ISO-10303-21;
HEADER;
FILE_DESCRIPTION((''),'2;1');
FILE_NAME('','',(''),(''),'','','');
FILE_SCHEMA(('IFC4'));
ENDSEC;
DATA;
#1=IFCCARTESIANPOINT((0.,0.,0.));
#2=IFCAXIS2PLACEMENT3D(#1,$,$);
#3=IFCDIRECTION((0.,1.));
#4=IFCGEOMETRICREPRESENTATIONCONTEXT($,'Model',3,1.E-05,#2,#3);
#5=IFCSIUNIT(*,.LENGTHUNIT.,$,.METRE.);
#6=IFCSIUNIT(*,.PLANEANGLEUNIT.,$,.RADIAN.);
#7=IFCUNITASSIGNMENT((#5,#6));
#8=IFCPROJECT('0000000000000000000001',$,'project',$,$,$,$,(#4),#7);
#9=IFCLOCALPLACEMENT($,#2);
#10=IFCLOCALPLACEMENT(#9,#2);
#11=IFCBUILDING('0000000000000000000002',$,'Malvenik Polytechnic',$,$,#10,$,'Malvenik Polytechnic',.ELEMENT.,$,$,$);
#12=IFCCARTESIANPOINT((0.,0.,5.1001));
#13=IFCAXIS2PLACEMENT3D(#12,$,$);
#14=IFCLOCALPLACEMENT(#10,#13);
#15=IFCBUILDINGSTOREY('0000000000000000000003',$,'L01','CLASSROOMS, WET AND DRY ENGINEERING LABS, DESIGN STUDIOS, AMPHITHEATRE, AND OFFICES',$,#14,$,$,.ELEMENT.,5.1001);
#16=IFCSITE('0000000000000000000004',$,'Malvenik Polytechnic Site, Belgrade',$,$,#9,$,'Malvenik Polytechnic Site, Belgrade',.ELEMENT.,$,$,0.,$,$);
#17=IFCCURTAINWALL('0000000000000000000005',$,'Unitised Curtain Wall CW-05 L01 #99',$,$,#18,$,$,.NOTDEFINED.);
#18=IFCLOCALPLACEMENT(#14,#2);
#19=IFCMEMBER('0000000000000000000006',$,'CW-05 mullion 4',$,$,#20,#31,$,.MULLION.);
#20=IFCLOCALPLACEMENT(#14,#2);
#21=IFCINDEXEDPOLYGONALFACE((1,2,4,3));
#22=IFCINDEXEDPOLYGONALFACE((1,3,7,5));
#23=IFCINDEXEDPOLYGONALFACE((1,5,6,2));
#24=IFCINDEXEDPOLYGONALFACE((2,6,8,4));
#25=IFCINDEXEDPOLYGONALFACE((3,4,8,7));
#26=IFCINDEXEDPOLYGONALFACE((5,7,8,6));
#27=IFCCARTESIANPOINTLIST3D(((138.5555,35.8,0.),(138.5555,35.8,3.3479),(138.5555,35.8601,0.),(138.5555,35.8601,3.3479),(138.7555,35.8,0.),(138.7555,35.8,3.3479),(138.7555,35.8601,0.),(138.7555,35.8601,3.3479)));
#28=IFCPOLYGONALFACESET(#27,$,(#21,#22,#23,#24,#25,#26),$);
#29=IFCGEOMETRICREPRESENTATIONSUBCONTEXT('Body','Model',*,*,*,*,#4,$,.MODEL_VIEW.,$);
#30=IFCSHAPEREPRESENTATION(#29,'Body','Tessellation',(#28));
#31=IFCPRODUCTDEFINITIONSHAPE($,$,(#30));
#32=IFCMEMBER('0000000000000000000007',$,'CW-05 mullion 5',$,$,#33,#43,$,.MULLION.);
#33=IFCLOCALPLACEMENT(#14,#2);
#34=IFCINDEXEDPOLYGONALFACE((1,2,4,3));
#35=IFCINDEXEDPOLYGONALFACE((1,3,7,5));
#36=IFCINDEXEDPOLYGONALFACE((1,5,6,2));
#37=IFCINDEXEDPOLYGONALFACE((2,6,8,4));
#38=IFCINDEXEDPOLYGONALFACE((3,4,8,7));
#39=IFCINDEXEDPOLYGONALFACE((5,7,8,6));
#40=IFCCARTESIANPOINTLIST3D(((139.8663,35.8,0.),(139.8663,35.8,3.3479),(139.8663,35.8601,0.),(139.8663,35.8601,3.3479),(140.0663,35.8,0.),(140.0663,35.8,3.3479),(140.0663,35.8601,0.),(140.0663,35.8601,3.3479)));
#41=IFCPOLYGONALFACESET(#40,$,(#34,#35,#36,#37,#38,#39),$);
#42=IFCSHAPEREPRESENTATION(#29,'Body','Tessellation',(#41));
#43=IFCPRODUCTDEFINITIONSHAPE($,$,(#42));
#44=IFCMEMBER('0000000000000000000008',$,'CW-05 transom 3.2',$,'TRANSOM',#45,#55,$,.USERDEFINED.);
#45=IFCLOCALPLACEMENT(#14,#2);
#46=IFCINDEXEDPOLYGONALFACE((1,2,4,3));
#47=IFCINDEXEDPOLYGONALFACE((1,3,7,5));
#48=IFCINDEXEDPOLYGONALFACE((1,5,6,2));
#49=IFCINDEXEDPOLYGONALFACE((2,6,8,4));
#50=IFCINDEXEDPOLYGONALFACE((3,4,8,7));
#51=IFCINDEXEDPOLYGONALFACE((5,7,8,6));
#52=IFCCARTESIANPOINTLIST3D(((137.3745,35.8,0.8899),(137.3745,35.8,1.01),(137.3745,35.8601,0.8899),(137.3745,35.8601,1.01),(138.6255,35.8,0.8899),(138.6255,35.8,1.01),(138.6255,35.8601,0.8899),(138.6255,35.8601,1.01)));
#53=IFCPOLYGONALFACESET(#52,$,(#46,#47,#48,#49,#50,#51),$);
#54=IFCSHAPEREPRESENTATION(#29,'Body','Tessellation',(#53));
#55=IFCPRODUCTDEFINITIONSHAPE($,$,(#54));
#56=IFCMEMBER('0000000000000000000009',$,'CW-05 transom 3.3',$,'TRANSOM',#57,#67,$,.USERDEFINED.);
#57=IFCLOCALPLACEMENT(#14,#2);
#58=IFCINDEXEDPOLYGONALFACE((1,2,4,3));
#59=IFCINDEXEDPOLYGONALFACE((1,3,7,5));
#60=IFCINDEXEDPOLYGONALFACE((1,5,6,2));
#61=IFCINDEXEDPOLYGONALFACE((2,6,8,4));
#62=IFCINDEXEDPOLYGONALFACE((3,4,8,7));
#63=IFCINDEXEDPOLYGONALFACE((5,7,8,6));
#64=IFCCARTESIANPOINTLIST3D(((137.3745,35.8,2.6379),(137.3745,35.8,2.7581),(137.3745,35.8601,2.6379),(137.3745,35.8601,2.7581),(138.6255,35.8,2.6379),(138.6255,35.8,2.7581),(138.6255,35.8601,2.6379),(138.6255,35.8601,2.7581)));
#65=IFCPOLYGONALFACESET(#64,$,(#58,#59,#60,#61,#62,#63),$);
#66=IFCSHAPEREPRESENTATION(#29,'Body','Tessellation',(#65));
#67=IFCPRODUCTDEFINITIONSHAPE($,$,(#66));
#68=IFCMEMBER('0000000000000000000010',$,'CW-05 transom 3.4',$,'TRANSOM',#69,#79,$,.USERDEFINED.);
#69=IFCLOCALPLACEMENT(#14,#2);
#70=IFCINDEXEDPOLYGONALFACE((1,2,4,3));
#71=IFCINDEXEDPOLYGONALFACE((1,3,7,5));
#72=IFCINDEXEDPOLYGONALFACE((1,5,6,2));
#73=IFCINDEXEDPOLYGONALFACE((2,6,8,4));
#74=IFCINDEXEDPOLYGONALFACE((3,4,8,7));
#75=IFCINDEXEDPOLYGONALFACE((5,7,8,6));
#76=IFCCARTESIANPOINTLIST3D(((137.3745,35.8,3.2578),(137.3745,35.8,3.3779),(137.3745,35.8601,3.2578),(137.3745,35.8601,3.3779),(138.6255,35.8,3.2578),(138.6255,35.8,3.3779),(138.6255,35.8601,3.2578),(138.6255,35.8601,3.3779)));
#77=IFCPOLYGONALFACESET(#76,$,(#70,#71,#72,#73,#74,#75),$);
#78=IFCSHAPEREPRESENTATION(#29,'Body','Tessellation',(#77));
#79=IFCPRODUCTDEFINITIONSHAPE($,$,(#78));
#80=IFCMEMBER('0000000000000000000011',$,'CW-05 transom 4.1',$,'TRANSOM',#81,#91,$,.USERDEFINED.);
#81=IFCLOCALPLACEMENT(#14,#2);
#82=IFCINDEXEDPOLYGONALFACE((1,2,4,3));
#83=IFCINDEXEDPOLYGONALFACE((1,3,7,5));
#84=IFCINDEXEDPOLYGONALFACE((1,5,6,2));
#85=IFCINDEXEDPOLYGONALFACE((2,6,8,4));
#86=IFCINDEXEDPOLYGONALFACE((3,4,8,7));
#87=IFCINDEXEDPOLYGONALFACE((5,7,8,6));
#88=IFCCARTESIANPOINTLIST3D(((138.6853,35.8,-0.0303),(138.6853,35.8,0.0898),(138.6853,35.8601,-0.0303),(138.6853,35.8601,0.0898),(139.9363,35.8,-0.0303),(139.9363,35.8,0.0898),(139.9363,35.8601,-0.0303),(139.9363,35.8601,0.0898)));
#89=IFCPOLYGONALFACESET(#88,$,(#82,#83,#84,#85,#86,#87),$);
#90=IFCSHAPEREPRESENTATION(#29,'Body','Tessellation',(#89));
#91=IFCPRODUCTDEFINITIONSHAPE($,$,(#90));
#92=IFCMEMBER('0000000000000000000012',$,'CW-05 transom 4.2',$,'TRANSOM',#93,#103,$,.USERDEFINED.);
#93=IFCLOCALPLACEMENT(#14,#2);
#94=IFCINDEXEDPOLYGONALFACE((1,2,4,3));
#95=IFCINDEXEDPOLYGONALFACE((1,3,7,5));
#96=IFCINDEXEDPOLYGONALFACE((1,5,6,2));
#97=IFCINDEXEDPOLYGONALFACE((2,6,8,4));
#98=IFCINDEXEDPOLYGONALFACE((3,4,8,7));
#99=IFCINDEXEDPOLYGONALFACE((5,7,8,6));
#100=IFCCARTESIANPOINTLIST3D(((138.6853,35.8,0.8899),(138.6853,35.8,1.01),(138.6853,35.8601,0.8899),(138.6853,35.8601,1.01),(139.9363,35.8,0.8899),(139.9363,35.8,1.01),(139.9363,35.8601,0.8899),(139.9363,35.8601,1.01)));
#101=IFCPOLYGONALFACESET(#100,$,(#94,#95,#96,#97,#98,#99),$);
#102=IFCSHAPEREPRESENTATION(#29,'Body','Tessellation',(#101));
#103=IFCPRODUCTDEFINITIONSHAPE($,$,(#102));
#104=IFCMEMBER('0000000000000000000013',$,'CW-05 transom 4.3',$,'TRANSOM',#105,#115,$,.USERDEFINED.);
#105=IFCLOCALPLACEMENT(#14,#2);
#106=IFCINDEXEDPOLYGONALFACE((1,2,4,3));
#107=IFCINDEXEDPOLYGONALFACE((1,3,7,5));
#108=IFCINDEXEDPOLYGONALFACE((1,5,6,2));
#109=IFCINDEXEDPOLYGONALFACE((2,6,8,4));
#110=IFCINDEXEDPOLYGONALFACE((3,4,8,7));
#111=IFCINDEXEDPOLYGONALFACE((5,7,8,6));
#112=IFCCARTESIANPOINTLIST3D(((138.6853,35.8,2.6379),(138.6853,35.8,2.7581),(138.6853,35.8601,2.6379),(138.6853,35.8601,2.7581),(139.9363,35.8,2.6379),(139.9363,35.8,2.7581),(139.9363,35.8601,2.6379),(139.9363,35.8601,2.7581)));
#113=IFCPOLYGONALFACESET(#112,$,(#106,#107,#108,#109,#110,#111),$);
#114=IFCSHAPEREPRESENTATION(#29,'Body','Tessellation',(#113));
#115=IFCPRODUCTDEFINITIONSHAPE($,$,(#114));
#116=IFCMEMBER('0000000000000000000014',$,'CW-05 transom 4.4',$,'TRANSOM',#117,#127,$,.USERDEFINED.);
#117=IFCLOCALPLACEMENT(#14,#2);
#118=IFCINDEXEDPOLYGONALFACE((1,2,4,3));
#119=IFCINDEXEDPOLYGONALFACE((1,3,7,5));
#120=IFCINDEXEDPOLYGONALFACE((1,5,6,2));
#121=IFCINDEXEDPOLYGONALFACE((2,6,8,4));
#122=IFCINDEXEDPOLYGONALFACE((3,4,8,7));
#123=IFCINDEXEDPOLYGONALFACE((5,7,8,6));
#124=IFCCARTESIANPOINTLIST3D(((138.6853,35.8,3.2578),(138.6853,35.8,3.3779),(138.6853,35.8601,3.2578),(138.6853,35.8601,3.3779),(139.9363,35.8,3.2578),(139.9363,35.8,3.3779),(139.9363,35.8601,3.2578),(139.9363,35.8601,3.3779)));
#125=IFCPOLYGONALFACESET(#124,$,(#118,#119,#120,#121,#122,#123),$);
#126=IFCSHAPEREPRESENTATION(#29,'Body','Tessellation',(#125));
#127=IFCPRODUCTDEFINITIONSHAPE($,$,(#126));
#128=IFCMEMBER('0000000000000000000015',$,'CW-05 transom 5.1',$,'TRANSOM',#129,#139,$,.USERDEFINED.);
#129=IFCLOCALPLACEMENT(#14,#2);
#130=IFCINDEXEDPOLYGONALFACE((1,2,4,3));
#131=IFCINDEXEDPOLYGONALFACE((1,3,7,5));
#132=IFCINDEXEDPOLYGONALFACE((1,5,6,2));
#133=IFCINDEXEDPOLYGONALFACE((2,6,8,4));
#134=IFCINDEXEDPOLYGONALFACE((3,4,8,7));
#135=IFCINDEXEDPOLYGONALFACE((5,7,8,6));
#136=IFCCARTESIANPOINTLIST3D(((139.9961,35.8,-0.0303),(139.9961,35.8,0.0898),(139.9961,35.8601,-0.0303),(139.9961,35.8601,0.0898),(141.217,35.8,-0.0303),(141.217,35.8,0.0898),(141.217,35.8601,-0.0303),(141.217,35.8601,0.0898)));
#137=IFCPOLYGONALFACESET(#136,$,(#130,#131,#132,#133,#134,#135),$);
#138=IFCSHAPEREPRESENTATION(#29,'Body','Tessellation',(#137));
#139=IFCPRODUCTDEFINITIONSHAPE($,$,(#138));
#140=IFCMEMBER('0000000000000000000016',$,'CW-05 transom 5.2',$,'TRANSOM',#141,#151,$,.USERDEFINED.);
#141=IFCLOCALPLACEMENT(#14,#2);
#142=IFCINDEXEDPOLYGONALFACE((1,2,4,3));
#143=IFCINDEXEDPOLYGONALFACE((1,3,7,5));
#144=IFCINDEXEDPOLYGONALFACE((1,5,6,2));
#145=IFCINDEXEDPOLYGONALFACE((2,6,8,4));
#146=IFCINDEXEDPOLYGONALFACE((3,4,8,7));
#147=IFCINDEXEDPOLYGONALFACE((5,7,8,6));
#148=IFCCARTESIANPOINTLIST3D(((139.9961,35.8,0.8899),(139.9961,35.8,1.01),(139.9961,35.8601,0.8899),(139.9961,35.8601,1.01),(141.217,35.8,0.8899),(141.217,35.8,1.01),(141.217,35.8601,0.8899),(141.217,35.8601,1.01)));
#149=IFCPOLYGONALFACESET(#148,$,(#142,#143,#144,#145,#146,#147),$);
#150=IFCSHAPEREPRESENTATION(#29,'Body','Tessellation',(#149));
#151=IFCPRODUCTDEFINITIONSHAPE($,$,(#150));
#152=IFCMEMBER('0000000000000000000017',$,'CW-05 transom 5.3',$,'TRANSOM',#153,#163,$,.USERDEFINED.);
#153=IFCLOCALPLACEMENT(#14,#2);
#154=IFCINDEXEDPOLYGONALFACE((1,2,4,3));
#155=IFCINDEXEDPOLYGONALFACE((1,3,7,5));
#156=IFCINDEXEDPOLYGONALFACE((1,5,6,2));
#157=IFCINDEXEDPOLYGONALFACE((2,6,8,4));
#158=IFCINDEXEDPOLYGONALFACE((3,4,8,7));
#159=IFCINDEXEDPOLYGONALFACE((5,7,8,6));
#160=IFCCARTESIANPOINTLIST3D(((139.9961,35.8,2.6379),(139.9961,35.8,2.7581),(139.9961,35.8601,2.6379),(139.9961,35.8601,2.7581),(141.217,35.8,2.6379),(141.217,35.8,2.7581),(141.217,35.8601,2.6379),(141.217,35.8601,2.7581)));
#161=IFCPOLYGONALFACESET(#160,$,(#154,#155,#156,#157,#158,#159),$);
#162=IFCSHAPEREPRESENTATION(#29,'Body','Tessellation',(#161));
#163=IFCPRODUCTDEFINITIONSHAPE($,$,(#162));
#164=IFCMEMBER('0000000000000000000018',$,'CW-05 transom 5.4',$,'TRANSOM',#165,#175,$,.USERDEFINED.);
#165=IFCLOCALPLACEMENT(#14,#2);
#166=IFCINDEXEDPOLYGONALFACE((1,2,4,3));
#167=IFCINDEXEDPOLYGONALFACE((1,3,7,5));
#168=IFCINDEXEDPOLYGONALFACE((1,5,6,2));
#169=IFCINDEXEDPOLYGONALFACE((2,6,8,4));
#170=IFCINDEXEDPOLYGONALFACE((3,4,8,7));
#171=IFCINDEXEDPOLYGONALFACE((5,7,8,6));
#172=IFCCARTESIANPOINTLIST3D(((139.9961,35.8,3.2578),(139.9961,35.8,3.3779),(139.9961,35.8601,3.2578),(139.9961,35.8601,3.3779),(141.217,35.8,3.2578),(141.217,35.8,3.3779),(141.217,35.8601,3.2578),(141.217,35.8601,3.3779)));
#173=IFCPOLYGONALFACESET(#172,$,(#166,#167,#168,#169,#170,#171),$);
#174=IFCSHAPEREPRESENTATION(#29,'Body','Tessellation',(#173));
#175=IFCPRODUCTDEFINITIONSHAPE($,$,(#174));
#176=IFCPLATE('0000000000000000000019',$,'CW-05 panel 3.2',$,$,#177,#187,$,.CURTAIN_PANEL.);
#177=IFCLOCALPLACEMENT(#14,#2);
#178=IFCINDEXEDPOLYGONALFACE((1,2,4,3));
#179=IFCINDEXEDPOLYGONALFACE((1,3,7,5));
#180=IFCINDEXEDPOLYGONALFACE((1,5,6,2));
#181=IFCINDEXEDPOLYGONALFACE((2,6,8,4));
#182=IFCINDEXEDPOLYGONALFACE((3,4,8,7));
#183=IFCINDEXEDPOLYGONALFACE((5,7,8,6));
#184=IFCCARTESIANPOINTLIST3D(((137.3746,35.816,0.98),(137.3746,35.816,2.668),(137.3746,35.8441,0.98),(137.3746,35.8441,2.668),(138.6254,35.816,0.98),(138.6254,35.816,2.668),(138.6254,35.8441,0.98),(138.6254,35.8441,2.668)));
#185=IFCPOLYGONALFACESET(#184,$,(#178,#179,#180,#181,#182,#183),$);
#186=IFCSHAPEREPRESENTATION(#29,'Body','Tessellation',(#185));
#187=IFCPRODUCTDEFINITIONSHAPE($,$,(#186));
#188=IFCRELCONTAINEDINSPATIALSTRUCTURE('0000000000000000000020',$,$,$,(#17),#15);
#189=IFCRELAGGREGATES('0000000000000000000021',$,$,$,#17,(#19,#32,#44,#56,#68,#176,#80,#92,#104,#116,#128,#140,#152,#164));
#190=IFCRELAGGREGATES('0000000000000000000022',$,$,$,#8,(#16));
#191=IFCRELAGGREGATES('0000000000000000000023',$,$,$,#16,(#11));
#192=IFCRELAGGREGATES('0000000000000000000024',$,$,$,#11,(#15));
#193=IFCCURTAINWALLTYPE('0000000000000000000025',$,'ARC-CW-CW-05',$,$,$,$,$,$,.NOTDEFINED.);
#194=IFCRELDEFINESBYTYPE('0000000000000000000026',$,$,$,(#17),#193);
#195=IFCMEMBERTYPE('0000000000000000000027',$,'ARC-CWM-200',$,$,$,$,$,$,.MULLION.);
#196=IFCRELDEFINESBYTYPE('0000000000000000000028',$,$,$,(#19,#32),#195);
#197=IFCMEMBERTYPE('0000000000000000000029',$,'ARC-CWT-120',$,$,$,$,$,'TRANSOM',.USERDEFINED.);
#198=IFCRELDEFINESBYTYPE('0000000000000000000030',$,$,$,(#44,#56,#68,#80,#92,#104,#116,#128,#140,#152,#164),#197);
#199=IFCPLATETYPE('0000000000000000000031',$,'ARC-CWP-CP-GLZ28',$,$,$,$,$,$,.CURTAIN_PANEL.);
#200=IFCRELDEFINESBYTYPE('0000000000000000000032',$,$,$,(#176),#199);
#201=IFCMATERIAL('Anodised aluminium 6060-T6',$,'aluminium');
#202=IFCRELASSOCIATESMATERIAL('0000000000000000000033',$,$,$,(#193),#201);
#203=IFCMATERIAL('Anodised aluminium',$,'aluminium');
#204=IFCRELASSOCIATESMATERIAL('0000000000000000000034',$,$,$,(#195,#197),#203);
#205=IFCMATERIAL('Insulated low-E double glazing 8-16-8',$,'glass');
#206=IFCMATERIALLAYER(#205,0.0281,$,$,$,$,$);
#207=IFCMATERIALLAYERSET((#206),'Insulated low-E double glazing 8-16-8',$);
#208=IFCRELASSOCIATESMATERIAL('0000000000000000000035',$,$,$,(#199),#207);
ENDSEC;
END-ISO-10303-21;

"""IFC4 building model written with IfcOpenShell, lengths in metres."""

from ifc_helpers import new_model, si_unit, direction, frame, origin, origin_2d, place, context, subcontext, project, spatial, rectangle, extrude, material, layer, layer_set, material_profile, profile_set, type_object, element, aggregate, save


model = new_model("IFC4")

# Units and contexts
model_context = context("Model", 3, precision=1e-05, world=origin(), true_north=direction((0.0, 1.0)))
body_context = subcontext(model_context, "Body", "Model", "MODEL_VIEW")
ifc_project = project(units=[si_unit("LENGTHUNIT", "METRE"), si_unit("PLANEANGLEUNIT", "RADIAN")], contexts=[model_context])

# Site, building, storey
site_placement = place(None, origin())
site = spatial("IfcSite", under=ifc_project, at=site_placement, Name="Malvenik Polytechnic Site, Belgrade", LongName="Malvenik Polytechnic Site, Belgrade", CompositionType="ELEMENT", RefElevation=0.0)
building_placement = place(site_placement, origin())
building = spatial("IfcBuilding", under=site, at=building_placement, Name="Malvenik Polytechnic", LongName="Malvenik Polytechnic", CompositionType="ELEMENT")
storey_placement = place(building_placement, frame((0.0, 0.0, 5.1001)))
storey = spatial("IfcBuildingStorey", under=building, at=storey_placement, Name="L01", Description="CLASSROOMS, WET AND DRY ENGINEERING LABS, DESIGN STUDIOS, AMPHITHEATRE, AND OFFICES", CompositionType="ELEMENT", Elevation=5.1001)

# Curtain wall, members, plate
ifc_material_1 = material(Name="Anodised aluminium 6060-T6", Category="aluminium")
curtain_wall_type = type_object("IfcCurtainWallType", Name="ARC-CW-CW-05", PredefinedType="NOTDEFINED", material=ifc_material_1)
curtain_wall_placement = place(storey_placement, origin())
curtain_wall = element("IfcCurtainWall", 1, at=curtain_wall_placement, inside=storey, type_object=curtain_wall_type, Name="Unitised Curtain Wall CW-05 L01 #99", PredefinedType="NOTDEFINED")
ifc_material_2 = material(Name="Anodised aluminium", Category="aluminium")
ifc_material_profile_1 = material_profile(ifc_material_2, rectangle(XDim=0.0601, YDim=0.2, at=origin_2d()), Name="ALU MULLION 60x200")
ifc_profile_set_1 = profile_set([ifc_material_profile_1], Name="Anodised aluminium")
member_type_1 = type_object("IfcMemberType", Name="ARC-CWM-200", PredefinedType="MULLION", material=ifc_profile_set_1)
member_1_placement = place(storey_placement, frame((138.6555, 35.8301, 0.0), z_axis=(0.0, 0.0, 1.0), x_axis=(0.0, 1.0, 0.0)))
member_1 = element("IfcMember", 2, at=member_1_placement, type_object=member_type_1, Name="CW-05 mullion 4", PredefinedType="MULLION", context=body_context, shape_type="SweptSolid", body=[
    extrude(rectangle(XDim=0.0601, YDim=0.2, at=origin_2d()), origin(), (0.0, 0.0, 1.0), 3.3479),
])
member_2_placement = place(storey_placement, frame((139.9663, 35.8301, 0.0), z_axis=(0.0, 0.0, 1.0), x_axis=(0.0, 1.0, 0.0)))
member_2 = element("IfcMember", 3, at=member_2_placement, type_object=member_type_1, Name="CW-05 mullion 5", PredefinedType="MULLION", context=body_context, shape_type="SweptSolid", body=[
    extrude(rectangle(XDim=0.0601, YDim=0.2, at=origin_2d()), origin(), (0.0, 0.0, 1.0), 3.3479),
])
ifc_material_profile_2 = material_profile(ifc_material_2, rectangle(XDim=0.0601, YDim=0.1201, at=origin_2d()), Name="ALU TRANSOM 60x120")
ifc_profile_set_2 = profile_set([ifc_material_profile_2], Name="Anodised aluminium")
member_type_2 = type_object("IfcMemberType", Name="ARC-CWT-120", ElementType="TRANSOM", PredefinedType="USERDEFINED", material=ifc_profile_set_2)
member_3_placement = place(storey_placement, frame((137.3745, 35.8301, 0.95), z_axis=(1.0, 0.0, 0.0), x_axis=(0.0, 1.0, 0.0)))
member_3 = element("IfcMember", 4, at=member_3_placement, type_object=member_type_2, Name="CW-05 transom 3.2", ObjectType="TRANSOM", PredefinedType="USERDEFINED", context=body_context, shape_type="SweptSolid", body=[
    extrude(rectangle(XDim=0.0601, YDim=0.1201, at=origin_2d()), origin(), (0.0, 0.0, 1.0), 1.251),
])
member_4_placement = place(storey_placement, frame((137.3745, 35.8301, 2.698), z_axis=(1.0, 0.0, 0.0), x_axis=(0.0, 1.0, 0.0)))
member_4 = element("IfcMember", 5, at=member_4_placement, type_object=member_type_2, Name="CW-05 transom 3.3", ObjectType="TRANSOM", PredefinedType="USERDEFINED", context=body_context, shape_type="SweptSolid", body=[
    extrude(rectangle(XDim=0.0601, YDim=0.1201, at=origin_2d()), origin(), (0.0, 0.0, 1.0), 1.251),
])
member_5_placement = place(storey_placement, frame((137.3745, 35.8301, 3.3179), z_axis=(1.0, 0.0, 0.0), x_axis=(0.0, 1.0, 0.0)))
member_5 = element("IfcMember", 6, at=member_5_placement, type_object=member_type_2, Name="CW-05 transom 3.4", ObjectType="TRANSOM", PredefinedType="USERDEFINED", context=body_context, shape_type="SweptSolid", body=[
    extrude(rectangle(XDim=0.0601, YDim=0.1201, at=origin_2d()), origin(), (0.0, 0.0, 1.0), 1.251),
])
member_6_placement = place(storey_placement, frame((138.6853, 35.8301, 0.0298), z_axis=(1.0, 0.0, 0.0), x_axis=(0.0, 1.0, 0.0)))
member_6 = element("IfcMember", 7, at=member_6_placement, type_object=member_type_2, Name="CW-05 transom 4.1", ObjectType="TRANSOM", PredefinedType="USERDEFINED", context=body_context, shape_type="SweptSolid", body=[
    extrude(rectangle(XDim=0.0601, YDim=0.1201, at=origin_2d()), origin(), (0.0, 0.0, 1.0), 1.251),
])
member_7_placement = place(storey_placement, frame((138.6853, 35.8301, 0.95), z_axis=(1.0, 0.0, 0.0), x_axis=(0.0, 1.0, 0.0)))
member_7 = element("IfcMember", 8, at=member_7_placement, type_object=member_type_2, Name="CW-05 transom 4.2", ObjectType="TRANSOM", PredefinedType="USERDEFINED", context=body_context, shape_type="SweptSolid", body=[
    extrude(rectangle(XDim=0.0601, YDim=0.1201, at=origin_2d()), origin(), (0.0, 0.0, 1.0), 1.251),
])
member_8_placement = place(storey_placement, frame((138.6853, 35.8301, 2.698), z_axis=(1.0, 0.0, 0.0), x_axis=(0.0, 1.0, 0.0)))
member_8 = element("IfcMember", 9, at=member_8_placement, type_object=member_type_2, Name="CW-05 transom 4.3", ObjectType="TRANSOM", PredefinedType="USERDEFINED", context=body_context, shape_type="SweptSolid", body=[
    extrude(rectangle(XDim=0.0601, YDim=0.1201, at=origin_2d()), origin(), (0.0, 0.0, 1.0), 1.251),
])
member_9_placement = place(storey_placement, frame((138.6853, 35.8301, 3.3179), z_axis=(1.0, 0.0, 0.0), x_axis=(0.0, 1.0, 0.0)))
member_9 = element("IfcMember", 10, at=member_9_placement, type_object=member_type_2, Name="CW-05 transom 4.4", ObjectType="TRANSOM", PredefinedType="USERDEFINED", context=body_context, shape_type="SweptSolid", body=[
    extrude(rectangle(XDim=0.0601, YDim=0.1201, at=origin_2d()), origin(), (0.0, 0.0, 1.0), 1.251),
])
member_10_placement = place(storey_placement, frame((139.9961, 35.8301, 0.0298), z_axis=(1.0, 0.0, 0.0), x_axis=(0.0, 1.0, 0.0)))
member_10 = element("IfcMember", 11, at=member_10_placement, type_object=member_type_2, Name="CW-05 transom 5.1", ObjectType="TRANSOM", PredefinedType="USERDEFINED", context=body_context, shape_type="SweptSolid", body=[
    extrude(rectangle(XDim=0.0601, YDim=0.1201, at=origin_2d()), origin(), (0.0, 0.0, 1.0), 1.2209),
])
member_11_placement = place(storey_placement, frame((139.9961, 35.8301, 0.95), z_axis=(1.0, 0.0, 0.0), x_axis=(0.0, 1.0, 0.0)))
member_11 = element("IfcMember", 12, at=member_11_placement, type_object=member_type_2, Name="CW-05 transom 5.2", ObjectType="TRANSOM", PredefinedType="USERDEFINED", context=body_context, shape_type="SweptSolid", body=[
    extrude(rectangle(XDim=0.0601, YDim=0.1201, at=origin_2d()), origin(), (0.0, 0.0, 1.0), 1.2209),
])
member_12_placement = place(storey_placement, frame((139.9961, 35.8301, 2.698), z_axis=(1.0, 0.0, 0.0), x_axis=(0.0, 1.0, 0.0)))
member_12 = element("IfcMember", 13, at=member_12_placement, type_object=member_type_2, Name="CW-05 transom 5.3", ObjectType="TRANSOM", PredefinedType="USERDEFINED", context=body_context, shape_type="SweptSolid", body=[
    extrude(rectangle(XDim=0.0601, YDim=0.1201, at=origin_2d()), origin(), (0.0, 0.0, 1.0), 1.2209),
])
member_13_placement = place(storey_placement, frame((139.9961, 35.8301, 3.3179), z_axis=(1.0, 0.0, 0.0), x_axis=(0.0, 1.0, 0.0)))
member_13 = element("IfcMember", 14, at=member_13_placement, type_object=member_type_2, Name="CW-05 transom 5.4", ObjectType="TRANSOM", PredefinedType="USERDEFINED", context=body_context, shape_type="SweptSolid", body=[
    extrude(rectangle(XDim=0.0601, YDim=0.1201, at=origin_2d()), origin(), (0.0, 0.0, 1.0), 1.2209),
])
ifc_material_3 = material(Name="Insulated low-E double glazing 8-16-8", Category="glass")
ifc_layer_1 = layer(ifc_material_3, 0.0281)
ifc_layer_set_1 = layer_set([ifc_layer_1], Name="Insulated low-E double glazing 8-16-8")
plate_type_1 = type_object("IfcPlateType", Name="ARC-CWP-CP-GLZ28", PredefinedType="CURTAIN_PANEL", material=ifc_layer_set_1)
plate_1_placement = place(storey_placement, frame((138.0, 35.8301, 0.98), z_axis=(0.0, 0.0, 1.0), x_axis=(1.0, 0.0, 0.0)))
plate_1 = element("IfcPlate", 15, at=plate_1_placement, type_object=plate_type_1, Name="CW-05 panel 3.2", PredefinedType="CURTAIN_PANEL", context=body_context, shape_type="SweptSolid", body=[
    extrude(rectangle(XDim=1.2507, YDim=0.0281, at=origin_2d()), origin(), (0.0, 0.0, 1.0), 1.688),
])
aggregate(curtain_wall, [member_1, member_2, member_3, member_4, member_5, plate_1, member_6, member_7, member_8, member_9, member_10, member_11, member_12, member_13])

save(model, "model.ifc")
